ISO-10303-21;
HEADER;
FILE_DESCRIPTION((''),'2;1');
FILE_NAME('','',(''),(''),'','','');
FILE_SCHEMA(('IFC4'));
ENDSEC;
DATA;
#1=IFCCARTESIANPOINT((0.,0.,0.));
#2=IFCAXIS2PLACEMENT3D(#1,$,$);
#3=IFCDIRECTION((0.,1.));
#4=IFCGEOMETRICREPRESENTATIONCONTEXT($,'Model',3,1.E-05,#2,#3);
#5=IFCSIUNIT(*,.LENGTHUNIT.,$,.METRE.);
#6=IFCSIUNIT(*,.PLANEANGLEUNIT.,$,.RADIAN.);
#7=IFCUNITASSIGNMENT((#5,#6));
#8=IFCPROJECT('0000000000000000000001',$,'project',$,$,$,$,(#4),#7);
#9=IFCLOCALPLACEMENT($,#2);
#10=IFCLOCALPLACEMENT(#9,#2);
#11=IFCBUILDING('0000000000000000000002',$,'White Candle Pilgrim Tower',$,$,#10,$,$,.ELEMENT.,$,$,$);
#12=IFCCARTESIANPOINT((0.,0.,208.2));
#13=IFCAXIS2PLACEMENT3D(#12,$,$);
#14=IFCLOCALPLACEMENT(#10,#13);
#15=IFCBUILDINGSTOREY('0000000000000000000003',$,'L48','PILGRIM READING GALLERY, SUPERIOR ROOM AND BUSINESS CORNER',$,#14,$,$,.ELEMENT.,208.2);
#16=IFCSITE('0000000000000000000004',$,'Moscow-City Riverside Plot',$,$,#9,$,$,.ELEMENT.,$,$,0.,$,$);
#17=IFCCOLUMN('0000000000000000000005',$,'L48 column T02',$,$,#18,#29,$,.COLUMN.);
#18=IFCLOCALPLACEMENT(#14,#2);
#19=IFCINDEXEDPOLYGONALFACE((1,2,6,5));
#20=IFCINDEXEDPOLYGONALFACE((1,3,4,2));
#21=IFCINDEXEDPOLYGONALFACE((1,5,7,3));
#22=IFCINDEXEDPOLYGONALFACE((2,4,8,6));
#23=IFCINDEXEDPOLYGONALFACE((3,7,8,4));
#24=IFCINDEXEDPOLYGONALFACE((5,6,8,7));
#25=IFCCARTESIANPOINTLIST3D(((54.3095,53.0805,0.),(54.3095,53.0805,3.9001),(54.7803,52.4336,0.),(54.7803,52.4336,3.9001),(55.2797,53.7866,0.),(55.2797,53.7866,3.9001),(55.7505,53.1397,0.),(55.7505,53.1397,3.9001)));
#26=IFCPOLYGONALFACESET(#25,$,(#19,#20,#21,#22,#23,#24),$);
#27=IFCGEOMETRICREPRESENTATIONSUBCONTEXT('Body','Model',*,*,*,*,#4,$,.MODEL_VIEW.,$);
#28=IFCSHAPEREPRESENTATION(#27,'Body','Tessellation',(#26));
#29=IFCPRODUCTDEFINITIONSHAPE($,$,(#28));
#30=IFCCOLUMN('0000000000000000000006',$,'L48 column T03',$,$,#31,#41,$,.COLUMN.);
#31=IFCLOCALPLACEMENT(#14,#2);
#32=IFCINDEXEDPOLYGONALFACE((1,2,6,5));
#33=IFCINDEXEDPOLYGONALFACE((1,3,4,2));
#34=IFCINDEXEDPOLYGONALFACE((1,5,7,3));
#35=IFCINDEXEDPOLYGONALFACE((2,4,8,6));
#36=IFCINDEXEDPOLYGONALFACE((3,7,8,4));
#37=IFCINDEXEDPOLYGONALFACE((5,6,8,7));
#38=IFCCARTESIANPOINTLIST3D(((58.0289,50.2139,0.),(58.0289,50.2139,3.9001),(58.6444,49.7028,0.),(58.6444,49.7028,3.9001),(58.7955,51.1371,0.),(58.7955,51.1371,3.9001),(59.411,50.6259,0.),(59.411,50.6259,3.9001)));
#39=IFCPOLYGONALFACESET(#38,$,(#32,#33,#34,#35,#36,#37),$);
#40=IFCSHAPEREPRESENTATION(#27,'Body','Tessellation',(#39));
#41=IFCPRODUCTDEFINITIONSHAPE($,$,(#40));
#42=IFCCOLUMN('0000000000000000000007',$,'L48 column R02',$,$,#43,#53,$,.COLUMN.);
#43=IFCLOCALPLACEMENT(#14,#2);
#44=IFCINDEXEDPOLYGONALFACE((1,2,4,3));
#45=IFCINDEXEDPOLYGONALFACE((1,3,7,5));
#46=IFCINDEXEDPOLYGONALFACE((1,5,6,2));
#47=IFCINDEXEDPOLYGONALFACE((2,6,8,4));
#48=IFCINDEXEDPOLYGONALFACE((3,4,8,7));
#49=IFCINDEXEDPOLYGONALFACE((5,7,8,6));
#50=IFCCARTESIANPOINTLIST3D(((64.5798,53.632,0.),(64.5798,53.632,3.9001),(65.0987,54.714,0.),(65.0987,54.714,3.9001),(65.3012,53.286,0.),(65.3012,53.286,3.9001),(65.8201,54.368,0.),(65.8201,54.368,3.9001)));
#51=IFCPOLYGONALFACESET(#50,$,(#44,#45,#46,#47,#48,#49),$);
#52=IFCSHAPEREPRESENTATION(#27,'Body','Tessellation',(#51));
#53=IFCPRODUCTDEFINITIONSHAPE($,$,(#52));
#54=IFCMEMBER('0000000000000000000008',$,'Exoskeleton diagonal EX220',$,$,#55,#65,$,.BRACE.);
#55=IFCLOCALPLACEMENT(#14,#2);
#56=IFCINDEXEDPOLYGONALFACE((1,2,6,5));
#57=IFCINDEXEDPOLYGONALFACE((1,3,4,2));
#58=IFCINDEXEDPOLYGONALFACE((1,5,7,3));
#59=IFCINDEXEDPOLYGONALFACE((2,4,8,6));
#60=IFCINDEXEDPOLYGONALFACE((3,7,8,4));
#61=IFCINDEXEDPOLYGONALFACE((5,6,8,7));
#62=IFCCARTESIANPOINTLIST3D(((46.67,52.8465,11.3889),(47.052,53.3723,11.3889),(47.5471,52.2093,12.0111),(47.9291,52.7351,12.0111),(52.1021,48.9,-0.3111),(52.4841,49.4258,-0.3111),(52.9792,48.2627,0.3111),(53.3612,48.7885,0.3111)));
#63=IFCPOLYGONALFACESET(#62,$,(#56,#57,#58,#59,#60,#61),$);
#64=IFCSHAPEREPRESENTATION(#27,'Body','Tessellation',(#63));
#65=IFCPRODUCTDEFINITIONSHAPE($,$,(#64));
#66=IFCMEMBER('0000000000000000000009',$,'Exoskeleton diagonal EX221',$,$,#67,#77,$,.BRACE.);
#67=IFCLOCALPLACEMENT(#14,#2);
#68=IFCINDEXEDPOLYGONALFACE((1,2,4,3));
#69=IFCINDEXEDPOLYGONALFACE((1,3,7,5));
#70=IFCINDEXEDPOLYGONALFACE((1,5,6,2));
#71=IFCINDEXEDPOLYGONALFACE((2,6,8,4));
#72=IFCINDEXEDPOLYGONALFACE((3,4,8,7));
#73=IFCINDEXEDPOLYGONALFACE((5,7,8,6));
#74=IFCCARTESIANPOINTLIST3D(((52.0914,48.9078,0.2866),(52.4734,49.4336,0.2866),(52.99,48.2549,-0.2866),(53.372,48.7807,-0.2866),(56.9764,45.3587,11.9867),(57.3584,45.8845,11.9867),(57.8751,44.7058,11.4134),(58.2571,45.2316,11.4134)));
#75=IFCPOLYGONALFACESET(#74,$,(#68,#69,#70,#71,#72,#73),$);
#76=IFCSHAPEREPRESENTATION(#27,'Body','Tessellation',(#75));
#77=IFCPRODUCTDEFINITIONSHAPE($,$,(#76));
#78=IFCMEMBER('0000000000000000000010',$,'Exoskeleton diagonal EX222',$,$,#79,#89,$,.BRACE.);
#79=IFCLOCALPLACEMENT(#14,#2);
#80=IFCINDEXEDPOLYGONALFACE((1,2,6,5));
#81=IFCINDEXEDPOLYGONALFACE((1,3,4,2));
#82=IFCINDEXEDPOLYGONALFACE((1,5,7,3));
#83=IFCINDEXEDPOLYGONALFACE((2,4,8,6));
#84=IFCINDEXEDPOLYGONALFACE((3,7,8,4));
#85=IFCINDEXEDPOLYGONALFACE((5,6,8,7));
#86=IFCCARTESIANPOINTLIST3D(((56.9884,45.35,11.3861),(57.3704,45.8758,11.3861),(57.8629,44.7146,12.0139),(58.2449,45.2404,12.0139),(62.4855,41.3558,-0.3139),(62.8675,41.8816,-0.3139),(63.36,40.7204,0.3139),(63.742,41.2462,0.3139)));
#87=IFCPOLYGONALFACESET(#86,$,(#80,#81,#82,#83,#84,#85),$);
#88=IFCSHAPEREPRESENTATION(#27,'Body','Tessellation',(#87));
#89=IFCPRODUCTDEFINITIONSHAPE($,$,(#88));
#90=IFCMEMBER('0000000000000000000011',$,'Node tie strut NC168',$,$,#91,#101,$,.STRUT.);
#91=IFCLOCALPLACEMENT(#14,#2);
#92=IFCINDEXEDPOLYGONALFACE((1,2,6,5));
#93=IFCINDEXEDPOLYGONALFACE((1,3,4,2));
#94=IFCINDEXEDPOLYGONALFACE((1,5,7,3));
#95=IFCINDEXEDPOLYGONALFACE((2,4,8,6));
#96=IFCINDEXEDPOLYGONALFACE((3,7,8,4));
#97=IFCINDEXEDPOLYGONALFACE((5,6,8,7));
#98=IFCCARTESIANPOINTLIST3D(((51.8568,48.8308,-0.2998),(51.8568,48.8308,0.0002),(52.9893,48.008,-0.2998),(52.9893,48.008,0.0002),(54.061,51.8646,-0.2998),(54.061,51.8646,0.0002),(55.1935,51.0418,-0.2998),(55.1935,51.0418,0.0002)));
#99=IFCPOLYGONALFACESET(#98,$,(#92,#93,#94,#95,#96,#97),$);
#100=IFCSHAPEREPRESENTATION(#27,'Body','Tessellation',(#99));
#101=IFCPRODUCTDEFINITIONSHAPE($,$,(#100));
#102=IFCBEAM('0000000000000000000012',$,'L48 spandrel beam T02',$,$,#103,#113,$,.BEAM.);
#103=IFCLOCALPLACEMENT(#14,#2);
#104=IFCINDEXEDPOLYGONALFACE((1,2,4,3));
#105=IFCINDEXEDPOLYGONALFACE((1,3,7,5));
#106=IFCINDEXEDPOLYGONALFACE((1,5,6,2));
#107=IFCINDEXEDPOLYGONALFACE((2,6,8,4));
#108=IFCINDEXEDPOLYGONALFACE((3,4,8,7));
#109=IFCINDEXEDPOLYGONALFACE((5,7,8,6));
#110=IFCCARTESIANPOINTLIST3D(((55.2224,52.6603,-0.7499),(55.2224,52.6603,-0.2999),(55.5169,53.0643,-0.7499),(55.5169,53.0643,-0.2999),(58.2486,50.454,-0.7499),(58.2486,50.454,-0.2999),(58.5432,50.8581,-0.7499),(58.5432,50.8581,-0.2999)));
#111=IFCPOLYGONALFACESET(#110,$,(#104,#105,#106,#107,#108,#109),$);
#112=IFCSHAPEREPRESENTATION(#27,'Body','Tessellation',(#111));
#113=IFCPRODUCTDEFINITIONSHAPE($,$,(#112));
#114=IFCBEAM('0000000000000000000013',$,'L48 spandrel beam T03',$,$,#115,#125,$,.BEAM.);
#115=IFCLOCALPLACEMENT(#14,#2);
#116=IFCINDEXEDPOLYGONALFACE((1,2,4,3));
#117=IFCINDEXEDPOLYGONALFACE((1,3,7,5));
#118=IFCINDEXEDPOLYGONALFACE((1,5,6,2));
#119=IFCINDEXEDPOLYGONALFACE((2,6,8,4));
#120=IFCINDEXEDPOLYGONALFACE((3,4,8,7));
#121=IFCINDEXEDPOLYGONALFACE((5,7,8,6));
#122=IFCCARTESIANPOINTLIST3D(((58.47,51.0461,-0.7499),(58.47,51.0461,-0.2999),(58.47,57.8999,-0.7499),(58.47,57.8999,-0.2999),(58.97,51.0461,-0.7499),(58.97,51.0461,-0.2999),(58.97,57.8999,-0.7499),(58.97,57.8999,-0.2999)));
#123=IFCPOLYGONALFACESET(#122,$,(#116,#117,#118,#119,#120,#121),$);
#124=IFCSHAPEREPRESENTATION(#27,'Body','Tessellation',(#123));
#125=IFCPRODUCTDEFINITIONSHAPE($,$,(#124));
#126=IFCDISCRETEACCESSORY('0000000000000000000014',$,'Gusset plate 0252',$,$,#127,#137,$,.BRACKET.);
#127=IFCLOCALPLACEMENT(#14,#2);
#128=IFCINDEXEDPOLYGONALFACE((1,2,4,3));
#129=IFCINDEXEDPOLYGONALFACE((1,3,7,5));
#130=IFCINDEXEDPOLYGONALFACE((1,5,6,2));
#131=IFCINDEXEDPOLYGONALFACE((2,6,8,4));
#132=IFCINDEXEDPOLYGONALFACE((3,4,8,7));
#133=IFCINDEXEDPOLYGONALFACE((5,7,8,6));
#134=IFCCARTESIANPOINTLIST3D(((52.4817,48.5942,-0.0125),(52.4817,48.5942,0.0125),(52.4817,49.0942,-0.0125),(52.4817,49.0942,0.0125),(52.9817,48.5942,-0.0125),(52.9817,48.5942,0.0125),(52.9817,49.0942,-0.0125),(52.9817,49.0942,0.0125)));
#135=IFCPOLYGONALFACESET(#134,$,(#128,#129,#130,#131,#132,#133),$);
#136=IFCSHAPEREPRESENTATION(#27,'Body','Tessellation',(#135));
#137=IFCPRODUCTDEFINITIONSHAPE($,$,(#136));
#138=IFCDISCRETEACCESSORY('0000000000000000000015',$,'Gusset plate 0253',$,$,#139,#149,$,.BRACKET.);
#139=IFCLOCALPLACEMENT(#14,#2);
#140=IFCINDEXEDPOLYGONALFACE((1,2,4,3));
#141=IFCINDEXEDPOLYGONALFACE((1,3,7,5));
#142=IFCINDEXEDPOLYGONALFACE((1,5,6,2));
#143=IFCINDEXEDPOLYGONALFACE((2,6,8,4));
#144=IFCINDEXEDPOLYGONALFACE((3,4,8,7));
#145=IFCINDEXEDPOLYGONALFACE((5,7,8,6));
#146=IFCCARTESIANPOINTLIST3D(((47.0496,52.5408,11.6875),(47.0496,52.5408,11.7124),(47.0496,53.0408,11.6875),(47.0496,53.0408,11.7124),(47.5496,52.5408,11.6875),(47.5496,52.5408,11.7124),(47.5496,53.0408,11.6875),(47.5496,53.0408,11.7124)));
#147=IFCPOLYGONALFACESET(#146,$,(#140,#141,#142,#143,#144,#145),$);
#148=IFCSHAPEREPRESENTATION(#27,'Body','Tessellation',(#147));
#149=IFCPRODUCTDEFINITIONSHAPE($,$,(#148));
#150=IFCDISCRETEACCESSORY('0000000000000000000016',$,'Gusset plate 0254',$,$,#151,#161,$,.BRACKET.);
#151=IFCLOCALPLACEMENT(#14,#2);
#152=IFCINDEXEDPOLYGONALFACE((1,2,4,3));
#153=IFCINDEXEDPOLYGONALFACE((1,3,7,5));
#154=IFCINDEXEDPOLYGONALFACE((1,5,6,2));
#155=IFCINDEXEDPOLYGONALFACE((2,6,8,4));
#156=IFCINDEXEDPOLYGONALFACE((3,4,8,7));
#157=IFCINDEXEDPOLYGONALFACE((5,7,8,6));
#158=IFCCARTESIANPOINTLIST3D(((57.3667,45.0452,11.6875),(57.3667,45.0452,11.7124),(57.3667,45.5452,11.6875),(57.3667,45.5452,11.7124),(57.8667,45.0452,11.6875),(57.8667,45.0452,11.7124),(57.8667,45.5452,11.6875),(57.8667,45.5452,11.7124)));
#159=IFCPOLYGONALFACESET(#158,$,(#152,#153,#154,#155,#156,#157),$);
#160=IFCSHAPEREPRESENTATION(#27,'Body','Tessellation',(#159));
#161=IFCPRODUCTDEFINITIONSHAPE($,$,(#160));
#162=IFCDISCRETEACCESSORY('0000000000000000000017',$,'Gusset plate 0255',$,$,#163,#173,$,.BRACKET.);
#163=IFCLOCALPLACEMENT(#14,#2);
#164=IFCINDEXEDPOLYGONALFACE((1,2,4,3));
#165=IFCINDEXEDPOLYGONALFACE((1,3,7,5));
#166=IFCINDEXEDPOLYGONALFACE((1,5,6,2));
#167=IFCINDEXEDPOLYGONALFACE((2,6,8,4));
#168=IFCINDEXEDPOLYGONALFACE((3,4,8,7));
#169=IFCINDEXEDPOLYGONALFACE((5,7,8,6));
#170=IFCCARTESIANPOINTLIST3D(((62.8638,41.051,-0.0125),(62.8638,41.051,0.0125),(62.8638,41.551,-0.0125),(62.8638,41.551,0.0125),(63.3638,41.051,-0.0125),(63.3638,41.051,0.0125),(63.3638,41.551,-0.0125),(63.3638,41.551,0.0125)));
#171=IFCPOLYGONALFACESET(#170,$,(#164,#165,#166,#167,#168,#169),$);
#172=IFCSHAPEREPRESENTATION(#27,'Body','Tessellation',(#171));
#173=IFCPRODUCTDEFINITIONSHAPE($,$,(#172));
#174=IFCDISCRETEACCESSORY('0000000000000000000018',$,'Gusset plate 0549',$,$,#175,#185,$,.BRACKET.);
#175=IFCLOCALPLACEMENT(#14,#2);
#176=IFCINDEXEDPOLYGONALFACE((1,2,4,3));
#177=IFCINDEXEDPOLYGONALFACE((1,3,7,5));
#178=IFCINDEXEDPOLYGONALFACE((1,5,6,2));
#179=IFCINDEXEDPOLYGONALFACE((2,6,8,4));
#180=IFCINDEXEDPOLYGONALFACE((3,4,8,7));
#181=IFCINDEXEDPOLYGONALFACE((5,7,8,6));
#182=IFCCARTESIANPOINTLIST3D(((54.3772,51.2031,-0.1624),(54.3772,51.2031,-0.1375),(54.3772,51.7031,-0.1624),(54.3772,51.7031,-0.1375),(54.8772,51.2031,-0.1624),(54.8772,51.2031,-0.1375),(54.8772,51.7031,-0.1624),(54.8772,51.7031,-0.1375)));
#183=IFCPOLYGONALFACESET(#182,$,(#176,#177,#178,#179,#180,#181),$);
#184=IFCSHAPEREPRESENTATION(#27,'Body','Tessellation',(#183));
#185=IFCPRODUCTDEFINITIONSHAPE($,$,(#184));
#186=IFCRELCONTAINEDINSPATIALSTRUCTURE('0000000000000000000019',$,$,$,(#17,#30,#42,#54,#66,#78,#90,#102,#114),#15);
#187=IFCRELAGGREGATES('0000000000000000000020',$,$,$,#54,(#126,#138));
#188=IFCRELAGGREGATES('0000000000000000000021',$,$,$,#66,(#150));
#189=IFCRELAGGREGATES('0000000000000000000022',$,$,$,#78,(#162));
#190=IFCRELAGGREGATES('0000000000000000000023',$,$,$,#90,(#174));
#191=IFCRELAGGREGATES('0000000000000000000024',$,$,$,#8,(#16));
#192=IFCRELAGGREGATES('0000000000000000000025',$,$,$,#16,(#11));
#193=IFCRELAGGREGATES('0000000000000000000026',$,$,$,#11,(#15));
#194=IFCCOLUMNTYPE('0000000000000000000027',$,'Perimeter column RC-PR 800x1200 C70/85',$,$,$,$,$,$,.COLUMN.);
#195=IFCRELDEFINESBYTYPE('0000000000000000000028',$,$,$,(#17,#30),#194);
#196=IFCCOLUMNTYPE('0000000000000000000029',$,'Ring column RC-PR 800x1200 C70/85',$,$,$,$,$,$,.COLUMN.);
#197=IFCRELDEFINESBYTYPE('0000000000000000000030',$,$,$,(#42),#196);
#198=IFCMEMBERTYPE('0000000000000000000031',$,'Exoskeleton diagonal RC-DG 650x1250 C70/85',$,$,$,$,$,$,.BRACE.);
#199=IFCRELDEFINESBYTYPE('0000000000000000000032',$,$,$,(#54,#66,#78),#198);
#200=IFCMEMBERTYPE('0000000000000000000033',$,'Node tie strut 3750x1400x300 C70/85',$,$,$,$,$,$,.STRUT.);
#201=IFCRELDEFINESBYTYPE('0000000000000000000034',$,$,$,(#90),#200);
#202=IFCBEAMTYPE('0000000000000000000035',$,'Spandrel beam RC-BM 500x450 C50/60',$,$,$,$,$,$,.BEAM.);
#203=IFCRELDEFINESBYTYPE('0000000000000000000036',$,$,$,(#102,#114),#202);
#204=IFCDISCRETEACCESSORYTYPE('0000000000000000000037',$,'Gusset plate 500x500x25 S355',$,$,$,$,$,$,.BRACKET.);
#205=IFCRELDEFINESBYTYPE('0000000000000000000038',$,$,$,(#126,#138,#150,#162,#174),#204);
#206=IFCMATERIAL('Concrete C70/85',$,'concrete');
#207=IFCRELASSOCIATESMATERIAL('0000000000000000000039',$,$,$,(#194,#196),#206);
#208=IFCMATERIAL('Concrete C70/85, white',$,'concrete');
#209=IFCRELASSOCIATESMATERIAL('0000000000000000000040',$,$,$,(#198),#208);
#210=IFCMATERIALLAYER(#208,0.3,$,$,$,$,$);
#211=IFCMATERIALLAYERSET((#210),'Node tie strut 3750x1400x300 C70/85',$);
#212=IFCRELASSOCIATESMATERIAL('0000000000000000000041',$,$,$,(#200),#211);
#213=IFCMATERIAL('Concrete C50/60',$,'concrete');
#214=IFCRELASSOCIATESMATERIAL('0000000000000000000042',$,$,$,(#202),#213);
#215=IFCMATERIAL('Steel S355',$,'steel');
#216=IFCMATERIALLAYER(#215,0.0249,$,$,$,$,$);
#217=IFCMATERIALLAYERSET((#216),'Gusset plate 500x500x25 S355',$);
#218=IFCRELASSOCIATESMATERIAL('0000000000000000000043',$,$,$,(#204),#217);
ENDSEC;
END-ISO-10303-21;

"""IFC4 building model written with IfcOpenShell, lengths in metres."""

from ifc_helpers import new_model, si_unit, direction, frame, origin, origin_2d, place, context, subcontext, project, spatial, rectangle, extrude, material, layer, layer_set, material_profile, profile_set, type_object, element, aggregate, save


model = new_model("IFC4")

# Units and contexts
model_context = context("Model", 3, precision=1e-05, world=origin(), true_north=direction((0.0, 1.0)))
body_context = subcontext(model_context, "Body", "Model", "MODEL_VIEW")
ifc_project = project(units=[si_unit("LENGTHUNIT", "METRE"), si_unit("PLANEANGLEUNIT", "RADIAN")], contexts=[model_context])

# Site, building, storey
site_placement = place(None, origin())
site = spatial("IfcSite", under=ifc_project, at=site_placement, Name="Moscow-City Riverside Plot", CompositionType="ELEMENT", RefElevation=0.0)
building_placement = place(site_placement, origin())
building = spatial("IfcBuilding", under=site, at=building_placement, Name="White Candle Pilgrim Tower", CompositionType="ELEMENT")
storey_placement = place(building_placement, frame((0.0, 0.0, 208.2)))
storey = spatial("IfcBuildingStorey", under=building, at=storey_placement, Name="L48", Description="PILGRIM READING GALLERY, SUPERIOR ROOM AND BUSINESS CORNER", CompositionType="ELEMENT", Elevation=208.2)

# Columns
ifc_material_1 = material(Name="Concrete C70/85", Category="concrete")
ifc_material_profile_1 = material_profile(ifc_material_1, rectangle(XDim=0.8, YDim=1.2, at=origin_2d()), Name="RC-PR 800x1200")
ifc_profile_set_1 = profile_set([ifc_material_profile_1], Name="Concrete C70/85")
column_type_1 = type_object("IfcColumnType", Name="Perimeter column RC-PR 800x1200 C70/85", PredefinedType="COLUMN", material=ifc_profile_set_1)
for number, where, z_axis, x_axis, name in (
    (1, (55.03, 53.1101, 0.0), (0.0, 0.0, 1.0), (-0.588463, 0.808524, 0.0), "L48 column T02"),
    (2, (58.72, 50.4199, 0.0), (0.0, 0.0, 1.0), (-0.76931, 0.638875, 0.0), "L48 column T03"),
):
    element("IfcColumn", number, at=place(storey_placement, frame(where, z_axis=z_axis, x_axis=x_axis)), inside=storey, type_object=column_type_1, Name=name, PredefinedType="COLUMN", context=body_context, shape_type="SweptSolid", body=[
        extrude(rectangle(XDim=0.8, YDim=1.2, at=origin_2d()), origin(), (0.0, 0.0, 1.0), 3.9001),
    ])
ifc_material_profile_2 = material_profile(ifc_material_1, rectangle(XDim=0.8, YDim=1.2, at=origin_2d()), Name="RC-PR 800x1200")
ifc_profile_set_2 = profile_set([ifc_material_profile_2], Name="Concrete C70/85")
column_type_2 = type_object("IfcColumnType", Name="Ring column RC-PR 800x1200 C70/85", PredefinedType="COLUMN", material=ifc_profile_set_2)
column_placement = place(storey_placement, frame((65.2, 54.0, 0.0), z_axis=(0.0, 0.0, 1.0), x_axis=(-0.901689, 0.432385, 0.0)))
element("IfcColumn", 3, at=column_placement, inside=storey, type_object=column_type_2, Name="L48 column R02", PredefinedType="COLUMN", context=body_context, shape_type="SweptSolid", body=[
    extrude(rectangle(XDim=0.8, YDim=1.2, at=origin_2d()), origin(), (0.0, 0.0, 1.0), 3.9001),
])

# Members
ifc_material_2 = material(Name="Concrete C70/85, white", Category="concrete")
ifc_material_profile_3 = material_profile(ifc_material_2, rectangle(XDim=0.6499, YDim=1.25, at=origin_2d()), Name="RC-DG 650x1250")
ifc_profile_set_3 = profile_set([ifc_material_profile_3], Name="Concrete C70/85, white")
member_type_1 = type_object("IfcMemberType", Name="Exoskeleton diagonal RC-DG 650x1250 C70/85", PredefinedType="BRACE", material=ifc_profile_set_3)
member_1_placement = place(storey_placement, frame((52.7317, 48.8442, 0.0), z_axis=(-0.402687, 0.292559, 0.867325), x_axis=(-0.587772, -0.809027, 0.0)))
member_1 = element("IfcMember", 4, at=member_1_placement, inside=storey, type_object=member_type_1, Name="Exoskeleton diagonal EX220", PredefinedType="BRACE", context=body_context, shape_type="SweptSolid", body=[
    extrude(rectangle(XDim=0.6499, YDim=1.25, at=origin_2d()), origin(), (0.0, 0.0, 1.0), 13.4897),
])
member_2_placement = place(storey_placement, frame((52.7317, 48.8442, 0.0), z_axis=(0.371027, -0.26956, 0.888637), x_axis=(0.587775, 0.809024, 0.0)))
member_2 = element("IfcMember", 5, at=member_2_placement, inside=storey, type_object=member_type_1, Name="Exoskeleton diagonal EX221", PredefinedType="BRACE", context=body_context, shape_type="SweptSolid", body=[
    extrude(rectangle(XDim=0.6499, YDim=1.25, at=origin_2d()), origin(), (0.0, 0.0, 1.0), 13.1663),
])
member_3_placement = place(storey_placement, frame((63.1138, 41.301, 0.0), z_axis=(-0.406289, 0.295207, 0.864744), x_axis=(-0.587813, -0.808997, 0.0)))
member_3 = element("IfcMember", 6, at=member_3_placement, inside=storey, type_object=member_type_1, Name="Exoskeleton diagonal EX222", PredefinedType="BRACE", context=body_context, shape_type="SweptSolid", body=[
    extrude(rectangle(XDim=0.6499, YDim=1.25, at=origin_2d()), origin(), (0.0, 0.0, 1.0), 13.53),
])
ifc_layer_1 = layer(ifc_material_2, 0.3)
ifc_layer_set_1 = layer_set([ifc_layer_1], Name="Node tie strut 3750x1400x300 C70/85")
member_type_2 = type_object("IfcMemberType", Name="Node tie strut 3750x1400x300 C70/85", PredefinedType="STRUT", material=ifc_layer_set_1)
member_4_placement = place(storey_placement, frame((53.5251, 49.9363, -0.2998), z_axis=(0.0, 0.0, 1.0), x_axis=(0.809017, -0.587785, 0.0)))
member_4 = element("IfcMember", 7, at=member_4_placement, inside=storey, type_object=member_type_2, Name="Node tie strut NC168", PredefinedType="STRUT", context=body_context, shape_type="SweptSolid", body=[
    extrude(rectangle(XDim=1.3999, YDim=3.75, at=origin_2d()), origin(), (0.0, 0.0, 1.0), 0.3),
])

# Beams
ifc_material_3 = material(Name="Concrete C50/60", Category="concrete")
ifc_material_profile_4 = material_profile(ifc_material_3, rectangle(XDim=0.5, YDim=0.45, at=origin_2d()), Name="RC-BM 500x450")
ifc_profile_set_4 = profile_set([ifc_material_profile_4], Name="Concrete C50/60")
beam_type = type_object("IfcBeamType", Name="Spandrel beam RC-BM 500x450 C50/60", PredefinedType="BEAM", material=ifc_profile_set_4)
beam_1_placement = place(storey_placement, frame((55.3696, 52.8623, -0.5249), z_axis=(0.808062, -0.589098, 0.0), x_axis=(0.589098, 0.808062, 0.0)))
element("IfcBeam", 8, at=beam_1_placement, inside=storey, type_object=beam_type, Name="L48 spandrel beam T02", PredefinedType="BEAM", context=body_context, shape_type="SweptSolid", body=[
    extrude(rectangle(XDim=0.5, YDim=0.45, at=origin_2d()), origin(), (0.0, 0.0, 1.0), 3.7451),
])
beam_2_placement = place(storey_placement, frame((58.72, 51.0461, -0.5249), z_axis=(0.0, 1.0, 0.0), x_axis=(-1.0, 0.0, 0.0)))
element("IfcBeam", 9, at=beam_2_placement, inside=storey, type_object=beam_type, Name="L48 spandrel beam T03", PredefinedType="BEAM", context=body_context, shape_type="SweptSolid", body=[
    extrude(rectangle(XDim=0.5, YDim=0.45, at=origin_2d()), origin(), (0.0, 0.0, 1.0), 6.8538),
])

# Discrete accessories
ifc_material_4 = material(Name="Steel S355", Category="steel")
ifc_layer_2 = layer(ifc_material_4, 0.0249)
ifc_layer_set_2 = layer_set([ifc_layer_2], Name="Gusset plate 500x500x25 S355")
discrete_accessory_type = type_object("IfcDiscreteAccessoryType", Name="Gusset plate 500x500x25 S355", PredefinedType="BRACKET", material=ifc_layer_set_2)
discrete_accessory_1_placement = place(storey_placement, frame((52.7317, 48.8442, -0.0125), z_axis=(0.0, 0.0, 1.0), x_axis=(1.0, 0.0, 0.0)))
discrete_accessory_1 = element("IfcDiscreteAccessory", 10, at=discrete_accessory_1_placement, type_object=discrete_accessory_type, Name="Gusset plate 0252", PredefinedType="BRACKET", context=body_context, shape_type="SweptSolid", body=[
    extrude(rectangle(XDim=0.5, YDim=0.5, at=origin_2d()), origin(), (0.0, 0.0, 1.0), 0.0249),
])
placement = place(building_placement, frame((0.0, 0.0, 219.8999)))
discrete_accessory_2_placement = place(placement, frame((47.2996, 52.7908, -0.0125), z_axis=(0.0, 0.0, 1.0), x_axis=(1.0, 0.0, 0.0)))
discrete_accessory_2 = element("IfcDiscreteAccessory", 11, at=discrete_accessory_2_placement, type_object=discrete_accessory_type, Name="Gusset plate 0253", PredefinedType="BRACKET", context=body_context, shape_type="SweptSolid", body=[
    extrude(rectangle(XDim=0.5, YDim=0.5, at=origin_2d()), origin(), (0.0, 0.0, 1.0), 0.0249),
])
aggregate(member_1, [discrete_accessory_1, discrete_accessory_2])
discrete_accessory_3_placement = place(placement, frame((57.6167, 45.2952, -0.0125), z_axis=(0.0, 0.0, 1.0), x_axis=(1.0, 0.0, 0.0)))
discrete_accessory_3 = element("IfcDiscreteAccessory", 12, at=discrete_accessory_3_placement, type_object=discrete_accessory_type, Name="Gusset plate 0254", PredefinedType="BRACKET", context=body_context, shape_type="SweptSolid", body=[
    extrude(rectangle(XDim=0.5, YDim=0.5, at=origin_2d()), origin(), (0.0, 0.0, 1.0), 0.0249),
])
aggregate(member_2, [discrete_accessory_3])
discrete_accessory_4_placement = place(storey_placement, frame((63.1138, 41.301, -0.0125), z_axis=(0.0, 0.0, 1.0), x_axis=(1.0, 0.0, 0.0)))
discrete_accessory_4 = element("IfcDiscreteAccessory", 13, at=discrete_accessory_4_placement, type_object=discrete_accessory_type, Name="Gusset plate 0255", PredefinedType="BRACKET", context=body_context, shape_type="SweptSolid", body=[
    extrude(rectangle(XDim=0.5, YDim=0.5, at=origin_2d()), origin(), (0.0, 0.0, 1.0), 0.0249),
])
aggregate(member_3, [discrete_accessory_4])
discrete_accessory_5_placement = place(storey_placement, frame((54.6272, 51.4531, -0.1624), z_axis=(0.0, 0.0, 1.0), x_axis=(1.0, 0.0, 0.0)))
discrete_accessory_5 = element("IfcDiscreteAccessory", 14, at=discrete_accessory_5_placement, type_object=discrete_accessory_type, Name="Gusset plate 0549", PredefinedType="BRACKET", context=body_context, shape_type="SweptSolid", body=[
    extrude(rectangle(XDim=0.5, YDim=0.5, at=origin_2d()), origin(), (0.0, 0.0, 1.0), 0.0249),
])
aggregate(member_4, [discrete_accessory_5])

save(model, "model.ifc")
